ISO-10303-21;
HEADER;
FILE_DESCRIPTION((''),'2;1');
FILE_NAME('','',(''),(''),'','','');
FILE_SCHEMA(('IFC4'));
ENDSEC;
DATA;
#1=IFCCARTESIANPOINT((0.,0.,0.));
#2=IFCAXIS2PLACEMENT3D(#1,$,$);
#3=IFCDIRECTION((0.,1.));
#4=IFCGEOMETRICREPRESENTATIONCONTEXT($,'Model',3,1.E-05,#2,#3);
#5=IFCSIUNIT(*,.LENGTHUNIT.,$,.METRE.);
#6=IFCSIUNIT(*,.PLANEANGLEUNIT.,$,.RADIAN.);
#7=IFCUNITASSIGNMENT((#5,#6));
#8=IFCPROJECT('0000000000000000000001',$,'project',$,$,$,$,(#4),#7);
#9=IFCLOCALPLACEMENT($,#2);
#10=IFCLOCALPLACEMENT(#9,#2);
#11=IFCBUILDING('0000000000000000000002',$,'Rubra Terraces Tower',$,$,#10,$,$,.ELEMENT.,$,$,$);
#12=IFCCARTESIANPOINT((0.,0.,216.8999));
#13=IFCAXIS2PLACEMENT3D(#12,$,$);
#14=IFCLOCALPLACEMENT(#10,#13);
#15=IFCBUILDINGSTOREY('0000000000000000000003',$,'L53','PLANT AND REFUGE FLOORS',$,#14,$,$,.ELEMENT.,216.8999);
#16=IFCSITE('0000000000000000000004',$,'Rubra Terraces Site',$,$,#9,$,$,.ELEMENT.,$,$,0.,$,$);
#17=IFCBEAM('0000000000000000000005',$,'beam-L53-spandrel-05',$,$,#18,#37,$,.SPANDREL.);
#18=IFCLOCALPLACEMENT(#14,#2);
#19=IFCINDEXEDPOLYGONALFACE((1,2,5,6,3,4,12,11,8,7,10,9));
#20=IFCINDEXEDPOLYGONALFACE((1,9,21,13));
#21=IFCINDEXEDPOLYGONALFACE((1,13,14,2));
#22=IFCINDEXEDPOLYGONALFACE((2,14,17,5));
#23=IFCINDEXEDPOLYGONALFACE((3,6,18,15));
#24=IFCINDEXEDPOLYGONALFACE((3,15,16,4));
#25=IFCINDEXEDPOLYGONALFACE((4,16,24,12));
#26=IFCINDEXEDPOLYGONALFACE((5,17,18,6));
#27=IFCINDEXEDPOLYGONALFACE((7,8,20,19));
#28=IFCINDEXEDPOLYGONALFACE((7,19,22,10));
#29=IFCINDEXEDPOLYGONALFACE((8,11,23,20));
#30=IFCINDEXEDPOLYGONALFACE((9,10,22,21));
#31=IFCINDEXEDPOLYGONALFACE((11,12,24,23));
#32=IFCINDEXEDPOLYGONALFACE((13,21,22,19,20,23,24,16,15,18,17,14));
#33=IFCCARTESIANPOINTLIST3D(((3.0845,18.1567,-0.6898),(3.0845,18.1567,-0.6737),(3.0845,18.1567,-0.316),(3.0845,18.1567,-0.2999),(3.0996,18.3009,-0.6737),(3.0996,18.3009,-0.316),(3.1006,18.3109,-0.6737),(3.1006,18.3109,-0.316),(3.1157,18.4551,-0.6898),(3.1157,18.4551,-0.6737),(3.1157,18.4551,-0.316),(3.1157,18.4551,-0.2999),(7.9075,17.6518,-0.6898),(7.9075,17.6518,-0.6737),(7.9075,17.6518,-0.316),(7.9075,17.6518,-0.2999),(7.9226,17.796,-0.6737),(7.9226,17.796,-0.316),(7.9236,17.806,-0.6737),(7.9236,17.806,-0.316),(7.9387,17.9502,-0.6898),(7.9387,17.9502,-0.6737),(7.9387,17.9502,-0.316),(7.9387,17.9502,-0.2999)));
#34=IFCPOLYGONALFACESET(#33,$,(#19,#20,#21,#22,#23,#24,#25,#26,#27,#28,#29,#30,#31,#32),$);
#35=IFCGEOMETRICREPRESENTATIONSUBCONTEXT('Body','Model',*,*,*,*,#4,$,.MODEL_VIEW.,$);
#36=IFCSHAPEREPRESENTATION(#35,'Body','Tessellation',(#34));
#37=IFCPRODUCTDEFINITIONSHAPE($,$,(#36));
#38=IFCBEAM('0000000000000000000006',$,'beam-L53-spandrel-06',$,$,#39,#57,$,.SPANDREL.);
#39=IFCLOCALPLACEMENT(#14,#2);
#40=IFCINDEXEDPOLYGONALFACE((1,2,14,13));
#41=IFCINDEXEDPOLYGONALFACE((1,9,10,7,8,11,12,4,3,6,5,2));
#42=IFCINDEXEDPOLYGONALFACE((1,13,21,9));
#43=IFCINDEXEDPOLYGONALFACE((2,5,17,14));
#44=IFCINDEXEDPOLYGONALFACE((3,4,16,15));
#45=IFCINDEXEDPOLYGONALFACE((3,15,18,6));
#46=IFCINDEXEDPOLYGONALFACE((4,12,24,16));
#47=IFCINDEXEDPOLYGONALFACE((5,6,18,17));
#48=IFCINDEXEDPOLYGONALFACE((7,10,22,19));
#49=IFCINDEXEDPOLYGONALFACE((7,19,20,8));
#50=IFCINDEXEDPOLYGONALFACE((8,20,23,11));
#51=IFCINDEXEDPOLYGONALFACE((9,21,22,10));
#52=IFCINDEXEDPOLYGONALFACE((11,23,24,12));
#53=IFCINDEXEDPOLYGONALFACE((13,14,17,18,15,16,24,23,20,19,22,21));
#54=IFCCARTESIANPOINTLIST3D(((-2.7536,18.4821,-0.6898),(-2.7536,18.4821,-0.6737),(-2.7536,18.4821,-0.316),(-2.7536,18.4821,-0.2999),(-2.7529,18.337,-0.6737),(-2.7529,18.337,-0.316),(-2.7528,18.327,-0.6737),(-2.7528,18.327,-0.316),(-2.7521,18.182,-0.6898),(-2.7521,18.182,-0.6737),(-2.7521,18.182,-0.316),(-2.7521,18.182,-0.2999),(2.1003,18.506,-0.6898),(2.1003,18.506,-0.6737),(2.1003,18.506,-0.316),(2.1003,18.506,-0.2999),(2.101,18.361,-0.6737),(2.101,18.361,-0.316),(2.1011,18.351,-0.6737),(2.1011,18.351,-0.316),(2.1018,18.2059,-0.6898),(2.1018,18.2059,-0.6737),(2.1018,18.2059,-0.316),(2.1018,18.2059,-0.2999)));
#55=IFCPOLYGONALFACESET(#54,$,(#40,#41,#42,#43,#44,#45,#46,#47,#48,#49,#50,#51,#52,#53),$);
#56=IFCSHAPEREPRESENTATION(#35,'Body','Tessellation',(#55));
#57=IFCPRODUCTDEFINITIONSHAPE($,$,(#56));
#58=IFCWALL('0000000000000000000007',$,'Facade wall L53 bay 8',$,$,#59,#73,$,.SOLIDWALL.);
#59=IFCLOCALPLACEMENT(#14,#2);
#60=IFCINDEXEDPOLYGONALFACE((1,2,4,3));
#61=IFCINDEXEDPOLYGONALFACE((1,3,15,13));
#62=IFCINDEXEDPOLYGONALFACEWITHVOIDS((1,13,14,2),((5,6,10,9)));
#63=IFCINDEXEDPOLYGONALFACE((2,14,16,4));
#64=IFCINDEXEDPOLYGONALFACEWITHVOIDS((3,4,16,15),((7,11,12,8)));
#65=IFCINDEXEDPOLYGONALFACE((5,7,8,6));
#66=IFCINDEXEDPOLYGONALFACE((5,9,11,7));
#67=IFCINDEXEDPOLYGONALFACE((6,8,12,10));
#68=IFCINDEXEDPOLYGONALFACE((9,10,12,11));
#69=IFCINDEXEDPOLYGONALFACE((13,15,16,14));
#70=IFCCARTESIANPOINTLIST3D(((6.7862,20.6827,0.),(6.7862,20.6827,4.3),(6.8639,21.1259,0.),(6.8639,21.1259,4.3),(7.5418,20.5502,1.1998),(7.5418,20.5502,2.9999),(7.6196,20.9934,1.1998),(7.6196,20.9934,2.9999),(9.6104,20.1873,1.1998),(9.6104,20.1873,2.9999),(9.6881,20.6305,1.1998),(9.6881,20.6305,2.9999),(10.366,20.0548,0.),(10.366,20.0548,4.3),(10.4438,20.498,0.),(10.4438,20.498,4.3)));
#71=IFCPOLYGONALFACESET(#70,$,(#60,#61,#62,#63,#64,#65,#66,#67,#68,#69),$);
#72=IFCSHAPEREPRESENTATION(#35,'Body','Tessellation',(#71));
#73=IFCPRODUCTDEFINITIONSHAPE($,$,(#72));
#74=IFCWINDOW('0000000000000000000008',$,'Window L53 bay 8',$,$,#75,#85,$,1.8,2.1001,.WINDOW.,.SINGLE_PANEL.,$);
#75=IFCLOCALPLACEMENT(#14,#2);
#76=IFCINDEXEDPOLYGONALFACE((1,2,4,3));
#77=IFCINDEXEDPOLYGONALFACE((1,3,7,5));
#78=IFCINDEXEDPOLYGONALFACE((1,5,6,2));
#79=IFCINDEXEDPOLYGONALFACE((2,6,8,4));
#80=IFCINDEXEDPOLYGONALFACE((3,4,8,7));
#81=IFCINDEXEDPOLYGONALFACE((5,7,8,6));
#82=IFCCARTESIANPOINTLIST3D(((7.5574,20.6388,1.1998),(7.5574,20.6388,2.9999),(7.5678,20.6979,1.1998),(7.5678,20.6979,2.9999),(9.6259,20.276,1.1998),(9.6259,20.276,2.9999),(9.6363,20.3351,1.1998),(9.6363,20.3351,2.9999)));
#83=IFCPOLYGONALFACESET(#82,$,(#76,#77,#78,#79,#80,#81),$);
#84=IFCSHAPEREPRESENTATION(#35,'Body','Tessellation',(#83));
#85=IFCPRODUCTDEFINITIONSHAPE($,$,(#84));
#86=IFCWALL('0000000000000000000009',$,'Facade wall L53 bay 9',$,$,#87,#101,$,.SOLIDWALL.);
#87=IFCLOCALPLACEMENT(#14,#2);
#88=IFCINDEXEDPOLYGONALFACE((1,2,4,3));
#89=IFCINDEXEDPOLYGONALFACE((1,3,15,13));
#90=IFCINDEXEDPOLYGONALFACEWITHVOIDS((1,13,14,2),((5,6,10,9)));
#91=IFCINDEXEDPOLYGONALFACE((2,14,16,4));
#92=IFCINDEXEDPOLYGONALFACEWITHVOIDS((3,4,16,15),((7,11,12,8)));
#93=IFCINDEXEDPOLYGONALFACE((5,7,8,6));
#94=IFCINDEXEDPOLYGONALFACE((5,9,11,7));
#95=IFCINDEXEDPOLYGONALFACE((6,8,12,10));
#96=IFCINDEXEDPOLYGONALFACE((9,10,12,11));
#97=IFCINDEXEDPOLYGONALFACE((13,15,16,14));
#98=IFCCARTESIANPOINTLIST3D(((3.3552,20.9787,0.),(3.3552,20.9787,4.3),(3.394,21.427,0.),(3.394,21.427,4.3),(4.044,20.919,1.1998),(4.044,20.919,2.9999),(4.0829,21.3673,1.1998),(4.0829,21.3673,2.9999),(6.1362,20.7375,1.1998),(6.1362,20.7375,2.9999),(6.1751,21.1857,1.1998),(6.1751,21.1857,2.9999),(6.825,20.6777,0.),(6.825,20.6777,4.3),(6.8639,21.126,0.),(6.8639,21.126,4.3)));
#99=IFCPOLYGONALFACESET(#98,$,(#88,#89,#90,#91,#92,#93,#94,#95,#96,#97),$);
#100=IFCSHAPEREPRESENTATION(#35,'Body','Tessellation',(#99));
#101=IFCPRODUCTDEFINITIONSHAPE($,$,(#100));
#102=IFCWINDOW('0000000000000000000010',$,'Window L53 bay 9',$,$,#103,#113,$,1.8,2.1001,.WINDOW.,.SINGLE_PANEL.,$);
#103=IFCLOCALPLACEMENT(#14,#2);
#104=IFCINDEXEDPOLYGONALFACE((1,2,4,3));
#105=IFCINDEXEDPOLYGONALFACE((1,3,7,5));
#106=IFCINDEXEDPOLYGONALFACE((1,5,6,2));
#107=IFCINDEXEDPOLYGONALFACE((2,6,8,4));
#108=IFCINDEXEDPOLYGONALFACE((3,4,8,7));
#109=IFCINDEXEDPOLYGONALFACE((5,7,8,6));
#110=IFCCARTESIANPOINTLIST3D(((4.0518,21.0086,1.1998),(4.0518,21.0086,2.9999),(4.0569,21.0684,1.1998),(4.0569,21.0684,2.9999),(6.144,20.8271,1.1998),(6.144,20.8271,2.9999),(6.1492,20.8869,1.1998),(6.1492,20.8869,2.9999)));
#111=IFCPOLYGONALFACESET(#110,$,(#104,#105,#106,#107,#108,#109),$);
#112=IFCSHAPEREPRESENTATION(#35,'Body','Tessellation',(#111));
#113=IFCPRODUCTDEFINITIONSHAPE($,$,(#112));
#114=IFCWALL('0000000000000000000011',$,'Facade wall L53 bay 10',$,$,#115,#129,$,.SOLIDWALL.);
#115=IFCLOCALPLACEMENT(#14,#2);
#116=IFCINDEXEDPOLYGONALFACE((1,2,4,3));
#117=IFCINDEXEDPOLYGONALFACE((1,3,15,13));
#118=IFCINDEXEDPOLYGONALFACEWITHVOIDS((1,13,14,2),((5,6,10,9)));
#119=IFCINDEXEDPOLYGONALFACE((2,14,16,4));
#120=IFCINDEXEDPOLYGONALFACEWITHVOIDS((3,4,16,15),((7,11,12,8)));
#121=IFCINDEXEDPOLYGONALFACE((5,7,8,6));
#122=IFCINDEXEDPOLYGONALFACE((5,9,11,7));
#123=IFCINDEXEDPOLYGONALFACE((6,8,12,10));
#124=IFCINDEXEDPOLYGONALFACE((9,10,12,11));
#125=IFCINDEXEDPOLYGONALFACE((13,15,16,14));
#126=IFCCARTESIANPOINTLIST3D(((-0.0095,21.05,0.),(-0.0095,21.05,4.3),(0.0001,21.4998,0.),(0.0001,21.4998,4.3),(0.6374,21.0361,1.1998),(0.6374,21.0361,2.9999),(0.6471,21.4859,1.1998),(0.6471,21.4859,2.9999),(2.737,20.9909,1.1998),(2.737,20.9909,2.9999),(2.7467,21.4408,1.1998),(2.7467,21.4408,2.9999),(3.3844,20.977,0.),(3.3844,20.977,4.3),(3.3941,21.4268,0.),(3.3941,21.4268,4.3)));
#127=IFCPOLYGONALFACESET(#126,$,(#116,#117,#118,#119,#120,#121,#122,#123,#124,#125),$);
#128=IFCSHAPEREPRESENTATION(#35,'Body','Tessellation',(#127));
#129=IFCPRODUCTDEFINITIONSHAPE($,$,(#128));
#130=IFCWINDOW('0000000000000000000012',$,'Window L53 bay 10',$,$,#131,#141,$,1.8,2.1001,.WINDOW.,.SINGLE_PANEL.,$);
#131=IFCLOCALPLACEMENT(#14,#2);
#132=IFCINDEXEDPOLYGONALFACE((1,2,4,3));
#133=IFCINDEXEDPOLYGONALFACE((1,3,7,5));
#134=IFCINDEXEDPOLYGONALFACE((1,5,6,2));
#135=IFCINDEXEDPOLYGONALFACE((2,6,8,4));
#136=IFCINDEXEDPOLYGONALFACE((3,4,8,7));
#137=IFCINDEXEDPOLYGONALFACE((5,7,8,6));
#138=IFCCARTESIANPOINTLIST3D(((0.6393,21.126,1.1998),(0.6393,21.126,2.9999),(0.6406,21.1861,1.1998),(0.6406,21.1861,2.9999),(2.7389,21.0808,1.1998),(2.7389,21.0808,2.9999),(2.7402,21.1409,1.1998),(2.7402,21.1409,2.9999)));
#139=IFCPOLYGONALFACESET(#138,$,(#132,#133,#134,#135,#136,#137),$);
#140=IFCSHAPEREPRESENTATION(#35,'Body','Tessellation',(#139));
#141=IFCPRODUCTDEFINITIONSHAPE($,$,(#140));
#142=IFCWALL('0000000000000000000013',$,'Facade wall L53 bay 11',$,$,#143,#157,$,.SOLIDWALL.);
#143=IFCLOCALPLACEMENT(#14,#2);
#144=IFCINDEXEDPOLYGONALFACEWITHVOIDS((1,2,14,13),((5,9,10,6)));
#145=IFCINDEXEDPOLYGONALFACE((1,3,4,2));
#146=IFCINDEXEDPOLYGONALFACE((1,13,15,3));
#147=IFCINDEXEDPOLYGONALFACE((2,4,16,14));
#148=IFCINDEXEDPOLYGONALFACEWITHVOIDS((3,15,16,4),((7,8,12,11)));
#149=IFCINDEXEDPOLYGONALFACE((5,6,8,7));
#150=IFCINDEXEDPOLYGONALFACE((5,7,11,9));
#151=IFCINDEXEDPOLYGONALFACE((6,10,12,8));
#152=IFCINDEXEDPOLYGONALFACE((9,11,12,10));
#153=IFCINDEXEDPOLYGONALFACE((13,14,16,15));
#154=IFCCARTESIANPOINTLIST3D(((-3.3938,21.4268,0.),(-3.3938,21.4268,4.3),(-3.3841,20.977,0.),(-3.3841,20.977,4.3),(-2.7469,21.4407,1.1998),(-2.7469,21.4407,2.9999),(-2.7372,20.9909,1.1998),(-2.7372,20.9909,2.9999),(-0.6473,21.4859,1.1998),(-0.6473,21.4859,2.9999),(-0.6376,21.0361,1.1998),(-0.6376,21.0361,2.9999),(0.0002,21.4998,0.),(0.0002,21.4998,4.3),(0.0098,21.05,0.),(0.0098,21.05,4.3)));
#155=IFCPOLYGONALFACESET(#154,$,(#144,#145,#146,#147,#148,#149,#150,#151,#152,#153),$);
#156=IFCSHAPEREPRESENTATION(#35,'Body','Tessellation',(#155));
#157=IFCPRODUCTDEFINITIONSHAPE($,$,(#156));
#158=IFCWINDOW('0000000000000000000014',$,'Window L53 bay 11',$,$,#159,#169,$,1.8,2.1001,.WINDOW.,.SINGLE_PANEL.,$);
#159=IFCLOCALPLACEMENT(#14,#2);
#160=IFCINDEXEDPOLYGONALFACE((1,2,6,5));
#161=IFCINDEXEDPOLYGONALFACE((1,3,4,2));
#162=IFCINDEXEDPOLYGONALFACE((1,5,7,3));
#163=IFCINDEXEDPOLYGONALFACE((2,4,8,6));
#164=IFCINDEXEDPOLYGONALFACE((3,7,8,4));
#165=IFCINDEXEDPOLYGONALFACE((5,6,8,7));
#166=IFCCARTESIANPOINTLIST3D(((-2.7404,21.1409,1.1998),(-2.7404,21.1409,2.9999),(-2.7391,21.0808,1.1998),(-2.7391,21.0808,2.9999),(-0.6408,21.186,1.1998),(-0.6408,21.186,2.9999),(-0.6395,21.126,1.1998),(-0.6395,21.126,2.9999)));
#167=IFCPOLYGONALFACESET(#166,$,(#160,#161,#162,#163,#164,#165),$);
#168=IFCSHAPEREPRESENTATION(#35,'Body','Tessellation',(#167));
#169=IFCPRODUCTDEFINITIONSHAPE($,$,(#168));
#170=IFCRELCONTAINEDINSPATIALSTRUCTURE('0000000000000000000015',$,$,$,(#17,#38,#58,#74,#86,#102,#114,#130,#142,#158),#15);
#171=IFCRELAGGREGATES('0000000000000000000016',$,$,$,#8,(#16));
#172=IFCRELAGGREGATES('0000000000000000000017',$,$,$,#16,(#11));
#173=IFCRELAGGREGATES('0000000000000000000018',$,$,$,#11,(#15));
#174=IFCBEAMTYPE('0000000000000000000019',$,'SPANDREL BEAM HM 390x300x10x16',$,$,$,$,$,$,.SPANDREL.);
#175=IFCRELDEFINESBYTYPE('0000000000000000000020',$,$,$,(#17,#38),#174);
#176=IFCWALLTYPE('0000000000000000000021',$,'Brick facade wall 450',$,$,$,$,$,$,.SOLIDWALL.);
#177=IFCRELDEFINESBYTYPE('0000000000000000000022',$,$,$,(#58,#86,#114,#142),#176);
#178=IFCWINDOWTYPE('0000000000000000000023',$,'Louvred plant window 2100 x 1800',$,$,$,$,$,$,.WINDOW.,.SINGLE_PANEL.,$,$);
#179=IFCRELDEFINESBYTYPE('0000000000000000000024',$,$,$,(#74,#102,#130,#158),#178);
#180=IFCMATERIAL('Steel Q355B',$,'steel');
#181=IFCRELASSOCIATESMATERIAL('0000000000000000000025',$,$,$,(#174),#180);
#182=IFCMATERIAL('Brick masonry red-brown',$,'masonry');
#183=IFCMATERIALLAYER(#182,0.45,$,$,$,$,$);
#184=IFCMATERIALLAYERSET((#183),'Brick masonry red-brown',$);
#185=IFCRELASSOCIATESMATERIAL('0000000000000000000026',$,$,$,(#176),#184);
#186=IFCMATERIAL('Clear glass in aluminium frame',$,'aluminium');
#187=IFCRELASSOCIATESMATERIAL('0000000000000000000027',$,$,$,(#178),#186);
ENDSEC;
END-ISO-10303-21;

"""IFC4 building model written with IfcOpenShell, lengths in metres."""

from ifc_helpers import new_model, si_unit, direction, frame, frame_2d, origin, origin_2d, place, context, subcontext, project, spatial, rectangle, i_section, extrude, material, layer, layer_set, material_profile, profile_set, type_object, element, fill, save


model = new_model("IFC4")

# Units and contexts
model_context = context("Model", 3, precision=1e-05, world=origin(), true_north=direction((0.0, 1.0)))
body_context = subcontext(model_context, "Body", "Model", "MODEL_VIEW")
ifc_project = project(units=[si_unit("LENGTHUNIT", "METRE"), si_unit("PLANEANGLEUNIT", "RADIAN")], contexts=[model_context])

# Site, building, storey
site_placement = place(None, origin())
site = spatial("IfcSite", under=ifc_project, at=site_placement, Name="Rubra Terraces Site", CompositionType="ELEMENT", RefElevation=0.0)
building_placement = place(site_placement, origin())
building = spatial("IfcBuilding", under=site, at=building_placement, Name="Rubra Terraces Tower", CompositionType="ELEMENT")
storey_placement = place(building_placement, frame((0.0, 0.0, 216.8999)))
storey = spatial("IfcBuildingStorey", under=building, at=storey_placement, Name="L53", Description="PLANT AND REFUGE FLOORS", CompositionType="ELEMENT", Elevation=216.8999)

# Shared definitions
ifc_material_1 = material(Name="Steel Q355B", Category="steel")

# Beams
ifc_material_profile_1 = material_profile(ifc_material_1, i_section(OverallWidth=0.3, OverallDepth=0.3899, WebThickness=0.01, FlangeThickness=0.0161, at=origin_2d()), Name="HM 390x300x10x16")
ifc_profile_set_1 = profile_set([ifc_material_profile_1], Name="Steel Q355B")
beam_type_1 = type_object("IfcBeamType", Name="SPANDREL BEAM HM 390x300x10x16", PredefinedType="SPANDREL", material=ifc_profile_set_1)
beam_1_placement = place(storey_placement, frame((7.9231, 17.801, -0.4949), z_axis=(-0.994565, 0.104113, 0.0), x_axis=(-0.104113, -0.994565, 0.0)))
element("IfcBeam", 1, at=beam_1_placement, inside=storey, type_object=beam_type_1, Name="beam-L53-spandrel-05", PredefinedType="SPANDREL", context=body_context, shape_type="SweptSolid", body=[
    extrude(i_section(OverallWidth=0.3, OverallDepth=0.3899, WebThickness=0.01, FlangeThickness=0.0161, at=origin_2d()), origin(), (0.0, 0.0, 1.0), 4.8494),
])
beam_2_placement = place(storey_placement, frame((2.1011, 18.356, -0.4949), z_axis=(-0.999988, -0.004929, 0.0), x_axis=(0.004929, -0.999988, 0.0)))
element("IfcBeam", 2, at=beam_2_placement, inside=storey, type_object=beam_type_1, Name="beam-L53-spandrel-06", PredefinedType="SPANDREL", context=body_context, shape_type="SweptSolid", body=[
    extrude(i_section(OverallWidth=0.3, OverallDepth=0.3899, WebThickness=0.01, FlangeThickness=0.0161, at=origin_2d()), origin(), (0.0, 0.0, 1.0), 4.854),
])

# Walls, openings, windows
ifc_material_2 = material(Name="Brick masonry red-brown", Category="masonry")
ifc_layer_1 = layer(ifc_material_2, 0.45)
ifc_layer_set_1 = layer_set([ifc_layer_1], Name="Brick masonry red-brown")
wall_type_1 = type_object("IfcWallType", Name="Brick facade wall 450", PredefinedType="SOLIDWALL", material=ifc_layer_set_1)
wall_1_placement = place(storey_placement, frame((10.405, 20.2764, 0.0), z_axis=(0.0, 0.0, 1.0), x_axis=(-0.984962, 0.17277, 0.0)))
wall_1 = element("IfcWall", 3, at=wall_1_placement, inside=storey, type_object=wall_type_1, Name="Facade wall L53 bay 8", PredefinedType="SOLIDWALL", context=body_context, shape_type="SweptSolid", body=[
    extrude(rectangle(XDim=3.6345, YDim=0.45, at=frame_2d((1.8174, 0.0))), origin(), (0.0, 0.0, 1.0), 4.3),
])
opening_1_placement = place(wall_1_placement, frame((0.7673, 0.0, 1.2)))
opening_1 = element("IfcOpeningElement", 4, at=opening_1_placement, cuts=wall_1, PredefinedType="OPENING", context=body_context, shape_type="SweptSolid", body=[
    extrude(rectangle(XDim=2.1001, YDim=1.8, at=frame_2d((1.05, 0.8999))), frame((0.0, 0.2349, 0.0), z_axis=(0.0, -1.0, 0.0), x_axis=(1.0, 0.0, 0.0)), (0.0, 0.0, 1.0), 0.47),
])
ifc_material_3 = material(Name="Clear glass in aluminium frame", Category="aluminium")
window_type = type_object("IfcWindowType", Name="Louvred plant window 2100 x 1800", PartitioningType="SINGLE_PANEL", PredefinedType="WINDOW", material=ifc_material_3)
window_1_placement = place(opening_1_placement, origin())
window_1 = element("IfcWindow", 5, at=window_1_placement, inside=storey, type_object=window_type, Name="Window L53 bay 8", OverallHeight=1.8, OverallWidth=2.1001, PartitioningType="SINGLE_PANEL", PredefinedType="WINDOW", context=body_context, shape_type="SweptSolid", body=[
    extrude(rectangle(XDim=2.1001, YDim=1.8, at=frame_2d((1.05, 0.8999))), frame((0.0, 0.135, 0.0), z_axis=(0.0, -1.0, 0.0), x_axis=(1.0, 0.0, 0.0)), (0.0, 0.0, 1.0), 0.0601),
])
fill(opening_1, window_1)
wall_2_placement = place(storey_placement, frame((6.8445, 20.9019, 0.0), z_axis=(0.0, 0.0, 1.0), x_axis=(-0.996258, 0.086427, 0.0)))
wall_2 = element("IfcWall", 6, at=wall_2_placement, inside=storey, type_object=wall_type_1, Name="Facade wall L53 bay 9", PredefinedType="SOLIDWALL", context=body_context, shape_type="SweptSolid", body=[
    extrude(rectangle(XDim=3.4829, YDim=0.45, at=frame_2d((1.7415, 0.0))), origin(), (0.0, 0.0, 1.0), 4.3),
])
opening_2_placement = place(wall_2_placement, frame((0.6914, 0.0, 1.2)))
opening_2 = element("IfcOpeningElement", 7, at=opening_2_placement, cuts=wall_2, PredefinedType="OPENING", context=body_context, shape_type="SweptSolid", body=[
    extrude(rectangle(XDim=2.1001, YDim=1.8, at=frame_2d((1.05, 0.8999))), frame((0.0, 0.2349, 0.0), z_axis=(0.0, -1.0, 0.0), x_axis=(1.0, 0.0, 0.0)), (0.0, 0.0, 1.0), 0.47),
])
window_2_placement = place(opening_2_placement, origin())
window_2 = element("IfcWindow", 8, at=window_2_placement, inside=storey, type_object=window_type, Name="Window L53 bay 9", OverallHeight=1.8, OverallWidth=2.1001, PartitioningType="SINGLE_PANEL", PredefinedType="WINDOW", context=body_context, shape_type="SweptSolid", body=[
    extrude(rectangle(XDim=2.1001, YDim=1.8, at=frame_2d((1.05, 0.8999))), frame((0.0, 0.135, 0.0), z_axis=(0.0, -1.0, 0.0), x_axis=(1.0, 0.0, 0.0)), (0.0, 0.0, 1.0), 0.0601),
])
fill(opening_2, window_2)
wall_3_placement = place(storey_placement, frame((3.3892, 21.2019, 0.0), z_axis=(0.0, 0.0, 1.0), x_axis=(-0.999769, 0.021503, 0.0)))
wall_3 = element("IfcWall", 9, at=wall_3_placement, inside=storey, type_object=wall_type_1, Name="Facade wall L53 bay 10", PredefinedType="SOLIDWALL", context=body_context, shape_type="SweptSolid", body=[
    extrude(rectangle(XDim=3.3948, YDim=0.45, at=frame_2d((1.6973, 0.0))), origin(), (0.0, 0.0, 1.0), 4.3),
])
opening_3_placement = place(wall_3_placement, frame((0.6475, 0.0, 1.2)))
opening_3 = element("IfcOpeningElement", 10, at=opening_3_placement, cuts=wall_3, PredefinedType="OPENING", context=body_context, shape_type="SweptSolid", body=[
    extrude(rectangle(XDim=2.1001, YDim=1.8, at=frame_2d((1.05, 0.8999))), frame((0.0, 0.2349, 0.0), z_axis=(0.0, -1.0, 0.0), x_axis=(1.0, 0.0, 0.0)), (0.0, 0.0, 1.0), 0.47),
])
window_3_placement = place(opening_3_placement, origin())
window_3 = element("IfcWindow", 11, at=window_3_placement, inside=storey, type_object=window_type, Name="Window L53 bay 10", OverallHeight=1.8, OverallWidth=2.1001, PartitioningType="SINGLE_PANEL", PredefinedType="WINDOW", context=body_context, shape_type="SweptSolid", body=[
    extrude(rectangle(XDim=2.1001, YDim=1.8, at=frame_2d((1.05, 0.8999))), frame((0.0, 0.135, 0.0), z_axis=(0.0, -1.0, 0.0), x_axis=(1.0, 0.0, 0.0)), (0.0, 0.0, 1.0), 0.0601),
])
fill(opening_3, window_3)
wall_4_placement = place(storey_placement, frame((0.0049, 21.2749, 0.0), z_axis=(0.0, 0.0, 1.0), x_axis=(-0.999769, -0.021503, 0.0)))
wall_4 = element("IfcWall", 12, at=wall_4_placement, inside=storey, type_object=wall_type_1, Name="Facade wall L53 bay 11", PredefinedType="SOLIDWALL", context=body_context, shape_type="SweptSolid", body=[
    extrude(rectangle(XDim=3.3948, YDim=0.45, at=frame_2d((1.6973, 0.0))), origin(), (0.0, 0.0, 1.0), 4.3),
])
opening_4_placement = place(wall_4_placement, frame((0.6475, 0.0, 1.2)))
opening_4 = element("IfcOpeningElement", 13, at=opening_4_placement, cuts=wall_4, PredefinedType="OPENING", context=body_context, shape_type="SweptSolid", body=[
    extrude(rectangle(XDim=2.1001, YDim=1.8, at=frame_2d((1.05, 0.8999))), frame((0.0, 0.2349, 0.0), z_axis=(0.0, -1.0, 0.0), x_axis=(1.0, 0.0, 0.0)), (0.0, 0.0, 1.0), 0.47),
])
window_4_placement = place(opening_4_placement, origin())
window_4 = element("IfcWindow", 14, at=window_4_placement, inside=storey, type_object=window_type, Name="Window L53 bay 11", OverallHeight=1.8, OverallWidth=2.1001, PartitioningType="SINGLE_PANEL", PredefinedType="WINDOW", context=body_context, shape_type="SweptSolid", body=[
    extrude(rectangle(XDim=2.1001, YDim=1.8, at=frame_2d((1.05, 0.8999))), frame((0.0, 0.135, 0.0), z_axis=(0.0, -1.0, 0.0), x_axis=(1.0, 0.0, 0.0)), (0.0, 0.0, 1.0), 0.0601),
])
fill(opening_4, window_4)

save(model, "model.ifc")
